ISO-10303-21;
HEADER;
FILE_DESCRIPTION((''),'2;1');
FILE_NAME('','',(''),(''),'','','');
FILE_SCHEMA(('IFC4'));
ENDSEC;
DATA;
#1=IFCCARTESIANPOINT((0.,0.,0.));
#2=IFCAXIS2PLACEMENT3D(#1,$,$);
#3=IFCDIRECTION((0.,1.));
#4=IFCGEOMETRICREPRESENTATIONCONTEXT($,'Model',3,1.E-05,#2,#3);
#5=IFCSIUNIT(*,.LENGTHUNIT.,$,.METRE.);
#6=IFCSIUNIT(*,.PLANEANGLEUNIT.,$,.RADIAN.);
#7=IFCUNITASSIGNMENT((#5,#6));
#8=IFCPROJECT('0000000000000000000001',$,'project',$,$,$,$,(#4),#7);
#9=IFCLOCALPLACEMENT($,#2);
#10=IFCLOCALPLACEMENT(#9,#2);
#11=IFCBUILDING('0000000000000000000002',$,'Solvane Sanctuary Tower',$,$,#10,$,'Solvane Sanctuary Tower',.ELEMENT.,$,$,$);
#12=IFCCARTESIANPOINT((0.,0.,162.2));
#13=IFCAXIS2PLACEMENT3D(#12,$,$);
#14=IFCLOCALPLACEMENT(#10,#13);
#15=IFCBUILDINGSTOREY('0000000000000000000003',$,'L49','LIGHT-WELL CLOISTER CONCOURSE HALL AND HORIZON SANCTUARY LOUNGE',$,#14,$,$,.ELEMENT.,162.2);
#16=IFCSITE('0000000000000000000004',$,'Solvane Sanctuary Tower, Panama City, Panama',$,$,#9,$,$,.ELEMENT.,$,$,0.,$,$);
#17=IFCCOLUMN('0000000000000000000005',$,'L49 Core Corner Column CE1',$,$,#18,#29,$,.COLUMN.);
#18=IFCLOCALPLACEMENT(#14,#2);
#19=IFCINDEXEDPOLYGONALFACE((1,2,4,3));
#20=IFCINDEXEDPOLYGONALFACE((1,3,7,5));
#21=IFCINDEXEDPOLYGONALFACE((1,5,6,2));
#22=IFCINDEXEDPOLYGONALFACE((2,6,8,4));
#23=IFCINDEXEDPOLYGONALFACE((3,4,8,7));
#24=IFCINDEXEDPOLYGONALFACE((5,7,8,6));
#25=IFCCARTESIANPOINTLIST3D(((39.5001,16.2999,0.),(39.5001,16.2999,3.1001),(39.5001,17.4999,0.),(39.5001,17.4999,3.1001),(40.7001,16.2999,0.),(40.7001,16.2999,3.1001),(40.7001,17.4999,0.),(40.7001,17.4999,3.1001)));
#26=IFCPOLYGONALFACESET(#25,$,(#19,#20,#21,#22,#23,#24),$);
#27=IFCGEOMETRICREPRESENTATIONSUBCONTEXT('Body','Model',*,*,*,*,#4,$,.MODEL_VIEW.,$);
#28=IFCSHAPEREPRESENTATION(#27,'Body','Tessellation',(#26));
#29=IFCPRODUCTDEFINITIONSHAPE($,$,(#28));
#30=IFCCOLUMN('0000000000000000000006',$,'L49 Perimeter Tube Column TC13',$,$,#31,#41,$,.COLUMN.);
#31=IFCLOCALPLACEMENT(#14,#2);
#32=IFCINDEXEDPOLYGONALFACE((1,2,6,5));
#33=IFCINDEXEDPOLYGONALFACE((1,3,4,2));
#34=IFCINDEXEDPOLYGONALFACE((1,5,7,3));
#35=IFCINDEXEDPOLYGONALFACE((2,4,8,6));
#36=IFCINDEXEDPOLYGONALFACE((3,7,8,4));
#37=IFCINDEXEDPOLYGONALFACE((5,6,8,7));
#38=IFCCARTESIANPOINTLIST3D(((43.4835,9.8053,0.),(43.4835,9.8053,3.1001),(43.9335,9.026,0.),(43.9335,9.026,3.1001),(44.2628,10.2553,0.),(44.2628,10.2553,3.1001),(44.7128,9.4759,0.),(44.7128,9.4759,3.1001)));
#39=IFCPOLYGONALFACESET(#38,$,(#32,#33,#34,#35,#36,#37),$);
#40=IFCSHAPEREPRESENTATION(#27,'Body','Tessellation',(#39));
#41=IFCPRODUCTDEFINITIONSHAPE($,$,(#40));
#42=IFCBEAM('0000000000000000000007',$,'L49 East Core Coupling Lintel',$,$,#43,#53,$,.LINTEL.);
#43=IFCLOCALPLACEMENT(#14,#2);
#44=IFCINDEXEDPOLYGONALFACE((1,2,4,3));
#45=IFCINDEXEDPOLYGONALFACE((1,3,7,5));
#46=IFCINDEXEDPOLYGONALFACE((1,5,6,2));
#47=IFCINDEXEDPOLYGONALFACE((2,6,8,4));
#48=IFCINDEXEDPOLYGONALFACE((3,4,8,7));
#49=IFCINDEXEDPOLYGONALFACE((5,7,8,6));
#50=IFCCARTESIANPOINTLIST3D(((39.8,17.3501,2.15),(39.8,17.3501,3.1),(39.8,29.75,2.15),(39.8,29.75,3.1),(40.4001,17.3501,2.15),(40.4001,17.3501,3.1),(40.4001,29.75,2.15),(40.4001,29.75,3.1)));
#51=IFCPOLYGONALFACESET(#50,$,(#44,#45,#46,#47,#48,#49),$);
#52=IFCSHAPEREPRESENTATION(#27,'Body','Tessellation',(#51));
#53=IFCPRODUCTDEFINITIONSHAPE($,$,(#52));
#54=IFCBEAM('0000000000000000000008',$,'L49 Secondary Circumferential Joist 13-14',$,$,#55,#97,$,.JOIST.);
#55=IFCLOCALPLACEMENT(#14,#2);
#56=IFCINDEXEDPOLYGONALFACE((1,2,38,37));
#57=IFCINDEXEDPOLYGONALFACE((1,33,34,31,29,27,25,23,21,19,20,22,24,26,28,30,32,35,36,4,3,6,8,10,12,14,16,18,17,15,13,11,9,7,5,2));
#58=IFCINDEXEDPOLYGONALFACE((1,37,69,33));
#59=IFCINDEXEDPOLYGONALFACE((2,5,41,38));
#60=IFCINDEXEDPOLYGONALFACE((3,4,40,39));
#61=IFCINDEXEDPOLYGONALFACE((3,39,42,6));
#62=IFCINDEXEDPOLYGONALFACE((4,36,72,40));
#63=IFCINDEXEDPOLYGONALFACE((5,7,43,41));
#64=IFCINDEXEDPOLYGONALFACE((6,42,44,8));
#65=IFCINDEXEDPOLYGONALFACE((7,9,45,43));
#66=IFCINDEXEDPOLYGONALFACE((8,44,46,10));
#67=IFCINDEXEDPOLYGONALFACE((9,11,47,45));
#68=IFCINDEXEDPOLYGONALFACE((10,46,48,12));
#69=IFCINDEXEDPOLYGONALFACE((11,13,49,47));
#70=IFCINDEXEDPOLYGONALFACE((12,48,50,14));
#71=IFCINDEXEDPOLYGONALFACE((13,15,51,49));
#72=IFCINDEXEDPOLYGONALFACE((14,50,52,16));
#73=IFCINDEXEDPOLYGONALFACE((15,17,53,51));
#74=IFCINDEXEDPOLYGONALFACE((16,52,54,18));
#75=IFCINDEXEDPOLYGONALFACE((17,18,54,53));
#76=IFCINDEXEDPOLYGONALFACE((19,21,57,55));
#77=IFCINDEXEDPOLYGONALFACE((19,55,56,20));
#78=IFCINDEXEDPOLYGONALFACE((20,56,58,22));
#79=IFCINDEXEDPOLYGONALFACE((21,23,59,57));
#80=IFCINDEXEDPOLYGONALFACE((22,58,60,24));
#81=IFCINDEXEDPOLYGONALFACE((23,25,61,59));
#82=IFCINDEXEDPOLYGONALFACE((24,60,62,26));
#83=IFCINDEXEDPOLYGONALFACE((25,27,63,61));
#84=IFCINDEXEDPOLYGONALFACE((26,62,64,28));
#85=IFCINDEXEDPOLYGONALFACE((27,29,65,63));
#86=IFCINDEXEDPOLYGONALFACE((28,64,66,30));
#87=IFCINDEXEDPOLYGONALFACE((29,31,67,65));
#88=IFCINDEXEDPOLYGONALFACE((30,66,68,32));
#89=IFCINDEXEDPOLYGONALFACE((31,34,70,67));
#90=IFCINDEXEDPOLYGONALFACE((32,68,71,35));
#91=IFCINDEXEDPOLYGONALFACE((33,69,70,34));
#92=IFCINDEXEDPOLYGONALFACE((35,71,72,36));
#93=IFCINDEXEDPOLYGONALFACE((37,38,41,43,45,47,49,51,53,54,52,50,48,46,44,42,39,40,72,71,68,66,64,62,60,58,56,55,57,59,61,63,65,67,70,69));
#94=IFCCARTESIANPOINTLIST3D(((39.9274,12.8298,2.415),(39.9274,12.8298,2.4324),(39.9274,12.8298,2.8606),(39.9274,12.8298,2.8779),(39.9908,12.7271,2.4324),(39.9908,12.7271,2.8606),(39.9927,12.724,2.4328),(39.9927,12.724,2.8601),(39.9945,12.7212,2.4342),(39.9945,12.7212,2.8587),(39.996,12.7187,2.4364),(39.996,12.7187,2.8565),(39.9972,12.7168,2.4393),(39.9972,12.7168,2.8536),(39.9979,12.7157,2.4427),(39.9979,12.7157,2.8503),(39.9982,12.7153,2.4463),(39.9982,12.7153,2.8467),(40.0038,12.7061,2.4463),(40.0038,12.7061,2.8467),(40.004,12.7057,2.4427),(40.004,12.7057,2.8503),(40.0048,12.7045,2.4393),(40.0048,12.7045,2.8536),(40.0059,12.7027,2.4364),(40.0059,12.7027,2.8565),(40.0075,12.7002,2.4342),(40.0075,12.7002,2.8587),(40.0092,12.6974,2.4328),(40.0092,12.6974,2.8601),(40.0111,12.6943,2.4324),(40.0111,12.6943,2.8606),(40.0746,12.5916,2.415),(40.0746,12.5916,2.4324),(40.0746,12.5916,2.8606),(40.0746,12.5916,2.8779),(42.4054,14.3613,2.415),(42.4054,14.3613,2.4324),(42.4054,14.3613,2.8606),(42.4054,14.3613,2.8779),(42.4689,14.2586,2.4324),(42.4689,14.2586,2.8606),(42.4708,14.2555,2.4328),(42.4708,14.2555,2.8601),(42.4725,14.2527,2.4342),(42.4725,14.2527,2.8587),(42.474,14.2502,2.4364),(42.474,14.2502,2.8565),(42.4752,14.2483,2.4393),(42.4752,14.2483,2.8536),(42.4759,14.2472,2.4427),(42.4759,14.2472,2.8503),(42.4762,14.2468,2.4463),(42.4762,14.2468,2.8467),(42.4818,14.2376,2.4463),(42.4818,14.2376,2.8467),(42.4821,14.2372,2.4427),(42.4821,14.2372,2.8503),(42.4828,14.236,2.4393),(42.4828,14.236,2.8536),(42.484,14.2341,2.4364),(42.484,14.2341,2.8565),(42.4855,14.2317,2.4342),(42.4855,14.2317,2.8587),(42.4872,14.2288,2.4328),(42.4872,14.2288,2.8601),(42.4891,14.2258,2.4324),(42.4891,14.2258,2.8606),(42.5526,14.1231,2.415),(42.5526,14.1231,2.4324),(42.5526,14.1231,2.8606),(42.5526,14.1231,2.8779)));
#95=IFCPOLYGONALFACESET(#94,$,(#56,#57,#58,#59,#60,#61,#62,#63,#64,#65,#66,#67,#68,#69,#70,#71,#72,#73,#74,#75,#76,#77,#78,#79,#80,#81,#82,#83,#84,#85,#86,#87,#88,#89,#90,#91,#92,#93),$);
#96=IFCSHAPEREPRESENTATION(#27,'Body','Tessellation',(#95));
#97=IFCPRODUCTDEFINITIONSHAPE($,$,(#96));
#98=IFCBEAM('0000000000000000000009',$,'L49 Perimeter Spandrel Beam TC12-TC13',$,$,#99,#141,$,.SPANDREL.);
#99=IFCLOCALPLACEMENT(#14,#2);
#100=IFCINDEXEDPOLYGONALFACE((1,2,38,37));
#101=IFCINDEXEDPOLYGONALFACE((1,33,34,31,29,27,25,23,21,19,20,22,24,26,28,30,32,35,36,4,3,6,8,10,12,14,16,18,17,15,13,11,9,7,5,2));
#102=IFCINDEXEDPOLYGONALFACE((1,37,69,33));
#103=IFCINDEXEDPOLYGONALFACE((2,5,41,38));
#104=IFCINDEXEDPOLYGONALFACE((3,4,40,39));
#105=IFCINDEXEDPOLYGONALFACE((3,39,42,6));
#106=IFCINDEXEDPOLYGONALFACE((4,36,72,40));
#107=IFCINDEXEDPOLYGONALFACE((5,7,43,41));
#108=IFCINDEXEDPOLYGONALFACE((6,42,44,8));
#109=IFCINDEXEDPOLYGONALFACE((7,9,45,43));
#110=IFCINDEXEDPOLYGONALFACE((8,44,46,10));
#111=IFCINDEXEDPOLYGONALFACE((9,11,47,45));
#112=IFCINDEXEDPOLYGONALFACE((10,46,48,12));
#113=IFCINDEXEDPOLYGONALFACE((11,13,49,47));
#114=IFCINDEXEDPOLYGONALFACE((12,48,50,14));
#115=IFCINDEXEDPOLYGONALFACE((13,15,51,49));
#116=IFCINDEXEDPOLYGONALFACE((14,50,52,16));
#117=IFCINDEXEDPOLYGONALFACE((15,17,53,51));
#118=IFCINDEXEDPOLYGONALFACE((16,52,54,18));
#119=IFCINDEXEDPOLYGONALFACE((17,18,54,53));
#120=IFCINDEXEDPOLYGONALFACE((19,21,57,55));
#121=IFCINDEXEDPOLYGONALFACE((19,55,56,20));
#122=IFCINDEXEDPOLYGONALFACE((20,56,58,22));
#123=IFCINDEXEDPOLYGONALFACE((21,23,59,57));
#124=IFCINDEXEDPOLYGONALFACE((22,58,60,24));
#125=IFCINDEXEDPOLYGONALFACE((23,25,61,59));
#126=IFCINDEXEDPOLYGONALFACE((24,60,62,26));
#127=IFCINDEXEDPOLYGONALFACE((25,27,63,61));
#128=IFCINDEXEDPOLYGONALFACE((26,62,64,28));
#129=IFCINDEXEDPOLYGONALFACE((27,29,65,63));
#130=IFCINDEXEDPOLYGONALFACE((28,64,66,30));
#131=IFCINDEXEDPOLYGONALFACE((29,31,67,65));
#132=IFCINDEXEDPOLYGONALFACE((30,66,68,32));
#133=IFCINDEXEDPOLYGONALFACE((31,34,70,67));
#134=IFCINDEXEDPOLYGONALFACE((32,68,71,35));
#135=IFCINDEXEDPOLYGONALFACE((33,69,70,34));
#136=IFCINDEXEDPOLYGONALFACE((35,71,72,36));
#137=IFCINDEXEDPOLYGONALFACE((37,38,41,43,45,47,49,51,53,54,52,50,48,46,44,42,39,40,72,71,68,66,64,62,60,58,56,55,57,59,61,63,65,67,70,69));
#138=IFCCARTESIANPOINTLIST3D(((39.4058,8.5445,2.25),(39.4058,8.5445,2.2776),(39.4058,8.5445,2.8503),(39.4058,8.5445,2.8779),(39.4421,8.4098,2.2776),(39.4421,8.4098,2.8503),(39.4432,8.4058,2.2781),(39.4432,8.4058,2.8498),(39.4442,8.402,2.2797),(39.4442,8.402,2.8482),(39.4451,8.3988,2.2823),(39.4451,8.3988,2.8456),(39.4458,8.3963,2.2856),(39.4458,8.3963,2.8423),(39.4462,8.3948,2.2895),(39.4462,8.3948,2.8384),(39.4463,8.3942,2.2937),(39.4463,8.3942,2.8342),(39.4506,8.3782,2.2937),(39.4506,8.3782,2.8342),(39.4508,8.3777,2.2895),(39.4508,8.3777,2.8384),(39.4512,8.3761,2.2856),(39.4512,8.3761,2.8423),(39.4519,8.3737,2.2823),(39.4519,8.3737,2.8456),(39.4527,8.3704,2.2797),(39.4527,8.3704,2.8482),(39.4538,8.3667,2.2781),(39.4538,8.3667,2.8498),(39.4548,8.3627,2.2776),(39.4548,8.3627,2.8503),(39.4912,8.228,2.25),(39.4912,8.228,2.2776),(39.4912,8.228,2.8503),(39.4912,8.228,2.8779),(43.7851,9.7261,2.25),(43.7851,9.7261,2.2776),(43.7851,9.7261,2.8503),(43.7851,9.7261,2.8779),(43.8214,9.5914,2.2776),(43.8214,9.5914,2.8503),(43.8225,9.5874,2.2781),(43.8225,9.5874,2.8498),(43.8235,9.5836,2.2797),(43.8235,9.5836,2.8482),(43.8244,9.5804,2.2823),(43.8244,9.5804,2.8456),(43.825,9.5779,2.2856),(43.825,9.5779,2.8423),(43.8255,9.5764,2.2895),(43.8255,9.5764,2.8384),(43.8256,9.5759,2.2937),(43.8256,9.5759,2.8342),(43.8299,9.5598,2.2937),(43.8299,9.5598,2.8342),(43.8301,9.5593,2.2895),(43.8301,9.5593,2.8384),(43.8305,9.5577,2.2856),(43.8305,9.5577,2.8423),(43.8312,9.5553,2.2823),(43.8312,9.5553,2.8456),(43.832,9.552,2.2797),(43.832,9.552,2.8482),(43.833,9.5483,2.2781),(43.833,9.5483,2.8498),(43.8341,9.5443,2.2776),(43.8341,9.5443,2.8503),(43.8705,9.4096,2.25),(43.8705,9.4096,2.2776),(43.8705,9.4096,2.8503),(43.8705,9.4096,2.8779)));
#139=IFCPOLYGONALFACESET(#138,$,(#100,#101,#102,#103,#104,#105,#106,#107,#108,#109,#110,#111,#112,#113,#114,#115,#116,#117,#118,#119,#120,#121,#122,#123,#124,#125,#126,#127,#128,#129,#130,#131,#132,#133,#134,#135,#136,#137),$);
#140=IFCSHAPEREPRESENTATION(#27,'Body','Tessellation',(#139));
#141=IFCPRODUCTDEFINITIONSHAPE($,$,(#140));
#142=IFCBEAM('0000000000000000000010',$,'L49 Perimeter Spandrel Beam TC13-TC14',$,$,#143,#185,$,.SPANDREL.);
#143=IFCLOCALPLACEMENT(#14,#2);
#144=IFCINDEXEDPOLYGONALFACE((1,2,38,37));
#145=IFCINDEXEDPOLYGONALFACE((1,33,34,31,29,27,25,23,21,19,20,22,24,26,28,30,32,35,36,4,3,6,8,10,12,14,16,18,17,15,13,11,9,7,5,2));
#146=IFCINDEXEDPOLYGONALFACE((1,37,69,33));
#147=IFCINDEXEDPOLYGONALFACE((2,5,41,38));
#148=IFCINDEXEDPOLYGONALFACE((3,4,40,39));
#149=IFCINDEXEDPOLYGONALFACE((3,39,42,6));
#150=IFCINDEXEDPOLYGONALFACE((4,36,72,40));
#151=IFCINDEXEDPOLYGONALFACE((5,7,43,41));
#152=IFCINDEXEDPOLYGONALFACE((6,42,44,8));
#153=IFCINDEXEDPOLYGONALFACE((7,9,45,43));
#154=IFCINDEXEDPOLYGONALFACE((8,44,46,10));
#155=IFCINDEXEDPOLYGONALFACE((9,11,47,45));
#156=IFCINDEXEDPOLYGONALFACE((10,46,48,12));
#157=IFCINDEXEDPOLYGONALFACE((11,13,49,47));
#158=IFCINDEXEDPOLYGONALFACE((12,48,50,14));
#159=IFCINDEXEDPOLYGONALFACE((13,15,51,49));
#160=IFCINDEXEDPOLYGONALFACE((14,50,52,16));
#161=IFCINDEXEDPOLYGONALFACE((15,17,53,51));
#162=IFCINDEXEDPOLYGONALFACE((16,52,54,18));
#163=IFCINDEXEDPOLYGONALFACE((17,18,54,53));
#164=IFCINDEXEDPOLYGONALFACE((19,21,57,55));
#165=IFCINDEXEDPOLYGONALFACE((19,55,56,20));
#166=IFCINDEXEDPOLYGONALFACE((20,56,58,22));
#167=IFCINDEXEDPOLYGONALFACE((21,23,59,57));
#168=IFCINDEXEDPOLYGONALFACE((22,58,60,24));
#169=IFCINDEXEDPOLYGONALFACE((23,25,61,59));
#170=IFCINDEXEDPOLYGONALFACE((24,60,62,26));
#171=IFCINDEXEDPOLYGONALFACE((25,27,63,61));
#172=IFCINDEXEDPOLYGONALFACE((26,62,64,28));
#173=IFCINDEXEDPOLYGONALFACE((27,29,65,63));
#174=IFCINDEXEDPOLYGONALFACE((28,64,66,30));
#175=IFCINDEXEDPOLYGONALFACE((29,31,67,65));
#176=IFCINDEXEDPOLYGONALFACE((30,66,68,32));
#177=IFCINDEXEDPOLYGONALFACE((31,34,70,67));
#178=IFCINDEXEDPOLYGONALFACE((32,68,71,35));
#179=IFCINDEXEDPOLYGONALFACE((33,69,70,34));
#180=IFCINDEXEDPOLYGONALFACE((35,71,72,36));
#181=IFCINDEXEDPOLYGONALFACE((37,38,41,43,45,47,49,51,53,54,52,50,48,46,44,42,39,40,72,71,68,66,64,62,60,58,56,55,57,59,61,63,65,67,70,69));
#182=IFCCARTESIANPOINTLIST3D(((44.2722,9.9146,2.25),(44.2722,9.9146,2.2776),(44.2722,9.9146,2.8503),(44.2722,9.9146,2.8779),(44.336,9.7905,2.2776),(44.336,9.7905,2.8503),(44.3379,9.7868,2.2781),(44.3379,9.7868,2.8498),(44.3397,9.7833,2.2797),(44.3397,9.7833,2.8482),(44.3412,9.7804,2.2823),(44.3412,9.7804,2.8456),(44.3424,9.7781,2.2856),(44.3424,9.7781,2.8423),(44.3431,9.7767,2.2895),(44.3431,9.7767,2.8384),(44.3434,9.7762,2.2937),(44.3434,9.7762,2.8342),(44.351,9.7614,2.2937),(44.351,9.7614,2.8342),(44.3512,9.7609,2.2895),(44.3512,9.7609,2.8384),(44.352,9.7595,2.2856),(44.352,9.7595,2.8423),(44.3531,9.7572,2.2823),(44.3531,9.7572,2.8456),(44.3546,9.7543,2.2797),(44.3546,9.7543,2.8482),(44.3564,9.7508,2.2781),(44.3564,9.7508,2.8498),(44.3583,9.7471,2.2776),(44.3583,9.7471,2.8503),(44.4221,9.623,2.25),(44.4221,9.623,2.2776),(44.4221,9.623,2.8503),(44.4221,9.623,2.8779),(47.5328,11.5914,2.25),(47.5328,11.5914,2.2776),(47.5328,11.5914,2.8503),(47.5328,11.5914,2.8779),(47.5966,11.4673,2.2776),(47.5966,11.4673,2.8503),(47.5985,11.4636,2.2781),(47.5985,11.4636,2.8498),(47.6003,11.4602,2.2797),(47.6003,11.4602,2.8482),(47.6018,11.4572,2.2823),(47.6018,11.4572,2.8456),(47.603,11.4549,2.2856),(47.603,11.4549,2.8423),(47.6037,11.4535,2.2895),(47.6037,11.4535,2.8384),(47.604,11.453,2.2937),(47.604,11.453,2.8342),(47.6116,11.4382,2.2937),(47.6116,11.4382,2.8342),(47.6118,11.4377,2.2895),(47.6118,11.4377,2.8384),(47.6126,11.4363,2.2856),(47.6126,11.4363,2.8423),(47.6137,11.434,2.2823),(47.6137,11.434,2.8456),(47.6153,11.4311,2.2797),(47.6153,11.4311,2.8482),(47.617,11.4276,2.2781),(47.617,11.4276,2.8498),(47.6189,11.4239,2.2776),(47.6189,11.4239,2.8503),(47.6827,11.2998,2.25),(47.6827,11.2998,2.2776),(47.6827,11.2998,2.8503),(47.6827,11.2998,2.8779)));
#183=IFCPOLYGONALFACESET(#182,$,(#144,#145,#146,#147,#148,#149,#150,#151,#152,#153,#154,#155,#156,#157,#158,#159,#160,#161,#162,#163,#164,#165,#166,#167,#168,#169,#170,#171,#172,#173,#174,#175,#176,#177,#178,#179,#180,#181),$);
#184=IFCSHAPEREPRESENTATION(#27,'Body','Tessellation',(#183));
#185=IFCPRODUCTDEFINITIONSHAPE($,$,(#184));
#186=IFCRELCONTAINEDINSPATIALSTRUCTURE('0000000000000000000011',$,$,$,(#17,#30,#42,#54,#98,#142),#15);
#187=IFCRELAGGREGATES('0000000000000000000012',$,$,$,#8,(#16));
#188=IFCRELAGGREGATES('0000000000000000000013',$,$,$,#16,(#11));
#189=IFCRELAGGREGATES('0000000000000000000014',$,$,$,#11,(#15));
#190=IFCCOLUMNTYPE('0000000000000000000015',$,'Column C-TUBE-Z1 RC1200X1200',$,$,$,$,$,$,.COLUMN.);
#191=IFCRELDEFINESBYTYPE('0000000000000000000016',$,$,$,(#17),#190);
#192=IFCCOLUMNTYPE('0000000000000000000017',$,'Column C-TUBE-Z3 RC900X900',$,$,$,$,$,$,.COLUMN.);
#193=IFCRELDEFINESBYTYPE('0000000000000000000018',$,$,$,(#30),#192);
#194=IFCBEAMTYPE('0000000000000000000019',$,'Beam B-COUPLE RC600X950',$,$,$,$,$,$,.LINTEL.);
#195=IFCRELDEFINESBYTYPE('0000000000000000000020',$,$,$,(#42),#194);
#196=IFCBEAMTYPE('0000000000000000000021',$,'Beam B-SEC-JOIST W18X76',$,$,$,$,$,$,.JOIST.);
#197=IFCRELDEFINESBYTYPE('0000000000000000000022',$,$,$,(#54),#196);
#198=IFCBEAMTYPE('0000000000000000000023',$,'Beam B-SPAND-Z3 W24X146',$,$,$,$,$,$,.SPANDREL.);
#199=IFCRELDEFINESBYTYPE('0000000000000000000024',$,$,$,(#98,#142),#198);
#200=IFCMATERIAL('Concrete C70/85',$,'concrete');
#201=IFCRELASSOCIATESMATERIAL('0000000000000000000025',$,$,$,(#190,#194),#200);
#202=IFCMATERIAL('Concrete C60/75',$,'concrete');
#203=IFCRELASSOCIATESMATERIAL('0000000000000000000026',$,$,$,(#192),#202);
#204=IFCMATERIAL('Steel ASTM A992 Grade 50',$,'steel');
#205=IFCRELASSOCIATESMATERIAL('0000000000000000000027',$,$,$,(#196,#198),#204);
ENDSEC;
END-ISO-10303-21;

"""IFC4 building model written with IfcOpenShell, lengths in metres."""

from ifc_helpers import new_model, si_unit, direction, frame, origin, origin_2d, place, context, subcontext, project, spatial, rectangle, i_section, extrude, material, material_profile, profile_set, type_object, element, save


model = new_model("IFC4")

# Units and contexts
model_context = context("Model", 3, precision=1e-05, world=origin(), true_north=direction((0.0, 1.0)))
body_context = subcontext(model_context, "Body", "Model", "MODEL_VIEW")
ifc_project = project(units=[si_unit("LENGTHUNIT", "METRE"), si_unit("PLANEANGLEUNIT", "RADIAN")], contexts=[model_context])

# Site, building, storey
site_placement = place(None, origin())
site = spatial("IfcSite", under=ifc_project, at=site_placement, Name="Solvane Sanctuary Tower, Panama City, Panama", CompositionType="ELEMENT", RefElevation=0.0)
building_placement = place(site_placement, origin())
building = spatial("IfcBuilding", under=site, at=building_placement, Name="Solvane Sanctuary Tower", LongName="Solvane Sanctuary Tower", CompositionType="ELEMENT")
storey_placement = place(building_placement, frame((0.0, 0.0, 162.2)))
storey = spatial("IfcBuildingStorey", under=building, at=storey_placement, Name="L49", Description="LIGHT-WELL CLOISTER CONCOURSE HALL AND HORIZON SANCTUARY LOUNGE", CompositionType="ELEMENT", Elevation=162.2)

# Columns
ifc_material_1 = material(Name="Concrete C70/85", Category="concrete")
ifc_material_profile_1 = material_profile(ifc_material_1, rectangle(XDim=1.2, YDim=1.2, at=origin_2d()), Name="RC1200X1200")
ifc_profile_set_1 = profile_set([ifc_material_profile_1], Name="Concrete C70/85")
column_type_1 = type_object("IfcColumnType", Name="Column C-TUBE-Z1 RC1200X1200", PredefinedType="COLUMN", material=ifc_profile_set_1)
column_1_placement = place(storey_placement, frame((40.1001, 16.8999, 0.0), z_axis=(0.0, 0.0, 1.0), x_axis=(1.0, 0.0, 0.0)))
element("IfcColumn", 1, at=column_1_placement, inside=storey, type_object=column_type_1, Name="L49 Core Corner Column CE1", PredefinedType="COLUMN", context=body_context, shape_type="SweptSolid", body=[
    extrude(rectangle(XDim=1.2, YDim=1.2, at=origin_2d()), origin(), (0.0, 0.0, 1.0), 3.1001),
])
ifc_material_2 = material(Name="Concrete C60/75", Category="concrete")
ifc_material_profile_2 = material_profile(ifc_material_2, rectangle(XDim=0.8999, YDim=0.8999, at=origin_2d()), Name="RC900X900")
ifc_profile_set_2 = profile_set([ifc_material_profile_2], Name="Concrete C60/75")
column_type_2 = type_object("IfcColumnType", Name="Column C-TUBE-Z3 RC900X900", PredefinedType="COLUMN", material=ifc_profile_set_2)
column_2_placement = place(storey_placement, frame((44.0981, 9.6406, 0.0), z_axis=(0.0, 0.0, 1.0), x_axis=(0.5, -0.866025, 0.0)))
element("IfcColumn", 2, at=column_2_placement, inside=storey, type_object=column_type_2, Name="L49 Perimeter Tube Column TC13", PredefinedType="COLUMN", context=body_context, shape_type="SweptSolid", body=[
    extrude(rectangle(XDim=0.8999, YDim=0.8999, at=origin_2d()), origin(), (0.0, 0.0, 1.0), 3.1001),
])

# Beams
ifc_material_profile_3 = material_profile(ifc_material_1, rectangle(XDim=0.6001, YDim=0.95, at=origin_2d()), Name="RC600X950")
ifc_profile_set_3 = profile_set([ifc_material_profile_3], Name="Concrete C70/85")
beam_type_1 = type_object("IfcBeamType", Name="Beam B-COUPLE RC600X950", PredefinedType="LINTEL", material=ifc_profile_set_3)
beam_1_placement = place(storey_placement, frame((40.1001, 17.3501, 2.625), z_axis=(0.0, 1.0, 0.0), x_axis=(-1.0, 0.0, 0.0)))
element("IfcBeam", 3, at=beam_1_placement, inside=storey, type_object=beam_type_1, Name="L49 East Core Coupling Lintel", PredefinedType="LINTEL", context=body_context, shape_type="SweptSolid", body=[
    extrude(rectangle(XDim=0.6001, YDim=0.95, at=origin_2d()), origin(), (0.0, 0.0, 1.0), 12.3999),
])
ifc_material_3 = material(Name="Steel ASTM A992 Grade 50", Category="steel")
ifc_material_profile_4 = material_profile(ifc_material_3, i_section(OverallWidth=0.28, OverallDepth=0.4629, WebThickness=0.0107, FlangeThickness=0.0173, FilletRadius=0.0139, at=origin_2d()), Name="W18X76")
ifc_profile_set_4 = profile_set([ifc_material_profile_4], Name="Steel ASTM A992 Grade 50")
beam_type_2 = type_object("IfcBeamType", Name="Beam B-SEC-JOIST W18X76", PredefinedType="JOIST", material=ifc_profile_set_4)
beam_2_placement = place(storey_placement, frame((40.001, 12.7107, 2.6465), z_axis=(0.850652, 0.525728, 0.0), x_axis=(-0.525728, 0.850652, 0.0)))
element("IfcBeam", 4, at=beam_2_placement, inside=storey, type_object=beam_type_2, Name="L49 Secondary Circumferential Joist 13-14", PredefinedType="JOIST", context=body_context, shape_type="SweptSolid", body=[
    extrude(i_section(OverallWidth=0.28, OverallDepth=0.4629, WebThickness=0.0107, FlangeThickness=0.0173, FilletRadius=0.0139, at=origin_2d()), origin(), (0.0, 0.0, 1.0), 2.9131),
])
ifc_material_profile_5 = material_profile(ifc_material_3, i_section(OverallWidth=0.3279, OverallDepth=0.6279, WebThickness=0.0166, FlangeThickness=0.0276, FilletRadius=0.0161, at=origin_2d()), Name="W24X146")
ifc_profile_set_5 = profile_set([ifc_material_profile_5], Name="Steel ASTM A992 Grade 50")
beam_type_3 = type_object("IfcBeamType", Name="Beam B-SPAND-Z3 W24X146", PredefinedType="SPANDREL", material=ifc_profile_set_5)
beam_3_placement = place(storey_placement, frame((39.4485, 8.3862, 2.564), z_axis=(0.965473, 0.260502, 0.0), x_axis=(-0.260502, 0.965473, 0.0)))
element("IfcBeam", 5, at=beam_3_placement, inside=storey, type_object=beam_type_3, Name="L49 Perimeter Spandrel Beam TC12-TC13", PredefinedType="SPANDREL", context=body_context, shape_type="SweptSolid", body=[
    extrude(i_section(OverallWidth=0.3279, OverallDepth=0.6279, WebThickness=0.0166, FlangeThickness=0.0276, FilletRadius=0.0161, at=origin_2d()), origin(), (0.0, 0.0, 1.0), 4.5359),
])
beam_4_placement = place(storey_placement, frame((44.3472, 9.7688, 2.564), z_axis=(0.889296, 0.457333, 0.0), x_axis=(-0.457333, 0.889296, 0.0)))
element("IfcBeam", 6, at=beam_4_placement, inside=storey, type_object=beam_type_3, Name="L49 Perimeter Spandrel Beam TC13-TC14", PredefinedType="SPANDREL", context=body_context, shape_type="SweptSolid", body=[
    extrude(i_section(OverallWidth=0.3279, OverallDepth=0.6279, WebThickness=0.0166, FlangeThickness=0.0276, FilletRadius=0.0161, at=origin_2d()), origin(), (0.0, 0.0, 1.0), 3.6665),
])

save(model, "model.ifc")
